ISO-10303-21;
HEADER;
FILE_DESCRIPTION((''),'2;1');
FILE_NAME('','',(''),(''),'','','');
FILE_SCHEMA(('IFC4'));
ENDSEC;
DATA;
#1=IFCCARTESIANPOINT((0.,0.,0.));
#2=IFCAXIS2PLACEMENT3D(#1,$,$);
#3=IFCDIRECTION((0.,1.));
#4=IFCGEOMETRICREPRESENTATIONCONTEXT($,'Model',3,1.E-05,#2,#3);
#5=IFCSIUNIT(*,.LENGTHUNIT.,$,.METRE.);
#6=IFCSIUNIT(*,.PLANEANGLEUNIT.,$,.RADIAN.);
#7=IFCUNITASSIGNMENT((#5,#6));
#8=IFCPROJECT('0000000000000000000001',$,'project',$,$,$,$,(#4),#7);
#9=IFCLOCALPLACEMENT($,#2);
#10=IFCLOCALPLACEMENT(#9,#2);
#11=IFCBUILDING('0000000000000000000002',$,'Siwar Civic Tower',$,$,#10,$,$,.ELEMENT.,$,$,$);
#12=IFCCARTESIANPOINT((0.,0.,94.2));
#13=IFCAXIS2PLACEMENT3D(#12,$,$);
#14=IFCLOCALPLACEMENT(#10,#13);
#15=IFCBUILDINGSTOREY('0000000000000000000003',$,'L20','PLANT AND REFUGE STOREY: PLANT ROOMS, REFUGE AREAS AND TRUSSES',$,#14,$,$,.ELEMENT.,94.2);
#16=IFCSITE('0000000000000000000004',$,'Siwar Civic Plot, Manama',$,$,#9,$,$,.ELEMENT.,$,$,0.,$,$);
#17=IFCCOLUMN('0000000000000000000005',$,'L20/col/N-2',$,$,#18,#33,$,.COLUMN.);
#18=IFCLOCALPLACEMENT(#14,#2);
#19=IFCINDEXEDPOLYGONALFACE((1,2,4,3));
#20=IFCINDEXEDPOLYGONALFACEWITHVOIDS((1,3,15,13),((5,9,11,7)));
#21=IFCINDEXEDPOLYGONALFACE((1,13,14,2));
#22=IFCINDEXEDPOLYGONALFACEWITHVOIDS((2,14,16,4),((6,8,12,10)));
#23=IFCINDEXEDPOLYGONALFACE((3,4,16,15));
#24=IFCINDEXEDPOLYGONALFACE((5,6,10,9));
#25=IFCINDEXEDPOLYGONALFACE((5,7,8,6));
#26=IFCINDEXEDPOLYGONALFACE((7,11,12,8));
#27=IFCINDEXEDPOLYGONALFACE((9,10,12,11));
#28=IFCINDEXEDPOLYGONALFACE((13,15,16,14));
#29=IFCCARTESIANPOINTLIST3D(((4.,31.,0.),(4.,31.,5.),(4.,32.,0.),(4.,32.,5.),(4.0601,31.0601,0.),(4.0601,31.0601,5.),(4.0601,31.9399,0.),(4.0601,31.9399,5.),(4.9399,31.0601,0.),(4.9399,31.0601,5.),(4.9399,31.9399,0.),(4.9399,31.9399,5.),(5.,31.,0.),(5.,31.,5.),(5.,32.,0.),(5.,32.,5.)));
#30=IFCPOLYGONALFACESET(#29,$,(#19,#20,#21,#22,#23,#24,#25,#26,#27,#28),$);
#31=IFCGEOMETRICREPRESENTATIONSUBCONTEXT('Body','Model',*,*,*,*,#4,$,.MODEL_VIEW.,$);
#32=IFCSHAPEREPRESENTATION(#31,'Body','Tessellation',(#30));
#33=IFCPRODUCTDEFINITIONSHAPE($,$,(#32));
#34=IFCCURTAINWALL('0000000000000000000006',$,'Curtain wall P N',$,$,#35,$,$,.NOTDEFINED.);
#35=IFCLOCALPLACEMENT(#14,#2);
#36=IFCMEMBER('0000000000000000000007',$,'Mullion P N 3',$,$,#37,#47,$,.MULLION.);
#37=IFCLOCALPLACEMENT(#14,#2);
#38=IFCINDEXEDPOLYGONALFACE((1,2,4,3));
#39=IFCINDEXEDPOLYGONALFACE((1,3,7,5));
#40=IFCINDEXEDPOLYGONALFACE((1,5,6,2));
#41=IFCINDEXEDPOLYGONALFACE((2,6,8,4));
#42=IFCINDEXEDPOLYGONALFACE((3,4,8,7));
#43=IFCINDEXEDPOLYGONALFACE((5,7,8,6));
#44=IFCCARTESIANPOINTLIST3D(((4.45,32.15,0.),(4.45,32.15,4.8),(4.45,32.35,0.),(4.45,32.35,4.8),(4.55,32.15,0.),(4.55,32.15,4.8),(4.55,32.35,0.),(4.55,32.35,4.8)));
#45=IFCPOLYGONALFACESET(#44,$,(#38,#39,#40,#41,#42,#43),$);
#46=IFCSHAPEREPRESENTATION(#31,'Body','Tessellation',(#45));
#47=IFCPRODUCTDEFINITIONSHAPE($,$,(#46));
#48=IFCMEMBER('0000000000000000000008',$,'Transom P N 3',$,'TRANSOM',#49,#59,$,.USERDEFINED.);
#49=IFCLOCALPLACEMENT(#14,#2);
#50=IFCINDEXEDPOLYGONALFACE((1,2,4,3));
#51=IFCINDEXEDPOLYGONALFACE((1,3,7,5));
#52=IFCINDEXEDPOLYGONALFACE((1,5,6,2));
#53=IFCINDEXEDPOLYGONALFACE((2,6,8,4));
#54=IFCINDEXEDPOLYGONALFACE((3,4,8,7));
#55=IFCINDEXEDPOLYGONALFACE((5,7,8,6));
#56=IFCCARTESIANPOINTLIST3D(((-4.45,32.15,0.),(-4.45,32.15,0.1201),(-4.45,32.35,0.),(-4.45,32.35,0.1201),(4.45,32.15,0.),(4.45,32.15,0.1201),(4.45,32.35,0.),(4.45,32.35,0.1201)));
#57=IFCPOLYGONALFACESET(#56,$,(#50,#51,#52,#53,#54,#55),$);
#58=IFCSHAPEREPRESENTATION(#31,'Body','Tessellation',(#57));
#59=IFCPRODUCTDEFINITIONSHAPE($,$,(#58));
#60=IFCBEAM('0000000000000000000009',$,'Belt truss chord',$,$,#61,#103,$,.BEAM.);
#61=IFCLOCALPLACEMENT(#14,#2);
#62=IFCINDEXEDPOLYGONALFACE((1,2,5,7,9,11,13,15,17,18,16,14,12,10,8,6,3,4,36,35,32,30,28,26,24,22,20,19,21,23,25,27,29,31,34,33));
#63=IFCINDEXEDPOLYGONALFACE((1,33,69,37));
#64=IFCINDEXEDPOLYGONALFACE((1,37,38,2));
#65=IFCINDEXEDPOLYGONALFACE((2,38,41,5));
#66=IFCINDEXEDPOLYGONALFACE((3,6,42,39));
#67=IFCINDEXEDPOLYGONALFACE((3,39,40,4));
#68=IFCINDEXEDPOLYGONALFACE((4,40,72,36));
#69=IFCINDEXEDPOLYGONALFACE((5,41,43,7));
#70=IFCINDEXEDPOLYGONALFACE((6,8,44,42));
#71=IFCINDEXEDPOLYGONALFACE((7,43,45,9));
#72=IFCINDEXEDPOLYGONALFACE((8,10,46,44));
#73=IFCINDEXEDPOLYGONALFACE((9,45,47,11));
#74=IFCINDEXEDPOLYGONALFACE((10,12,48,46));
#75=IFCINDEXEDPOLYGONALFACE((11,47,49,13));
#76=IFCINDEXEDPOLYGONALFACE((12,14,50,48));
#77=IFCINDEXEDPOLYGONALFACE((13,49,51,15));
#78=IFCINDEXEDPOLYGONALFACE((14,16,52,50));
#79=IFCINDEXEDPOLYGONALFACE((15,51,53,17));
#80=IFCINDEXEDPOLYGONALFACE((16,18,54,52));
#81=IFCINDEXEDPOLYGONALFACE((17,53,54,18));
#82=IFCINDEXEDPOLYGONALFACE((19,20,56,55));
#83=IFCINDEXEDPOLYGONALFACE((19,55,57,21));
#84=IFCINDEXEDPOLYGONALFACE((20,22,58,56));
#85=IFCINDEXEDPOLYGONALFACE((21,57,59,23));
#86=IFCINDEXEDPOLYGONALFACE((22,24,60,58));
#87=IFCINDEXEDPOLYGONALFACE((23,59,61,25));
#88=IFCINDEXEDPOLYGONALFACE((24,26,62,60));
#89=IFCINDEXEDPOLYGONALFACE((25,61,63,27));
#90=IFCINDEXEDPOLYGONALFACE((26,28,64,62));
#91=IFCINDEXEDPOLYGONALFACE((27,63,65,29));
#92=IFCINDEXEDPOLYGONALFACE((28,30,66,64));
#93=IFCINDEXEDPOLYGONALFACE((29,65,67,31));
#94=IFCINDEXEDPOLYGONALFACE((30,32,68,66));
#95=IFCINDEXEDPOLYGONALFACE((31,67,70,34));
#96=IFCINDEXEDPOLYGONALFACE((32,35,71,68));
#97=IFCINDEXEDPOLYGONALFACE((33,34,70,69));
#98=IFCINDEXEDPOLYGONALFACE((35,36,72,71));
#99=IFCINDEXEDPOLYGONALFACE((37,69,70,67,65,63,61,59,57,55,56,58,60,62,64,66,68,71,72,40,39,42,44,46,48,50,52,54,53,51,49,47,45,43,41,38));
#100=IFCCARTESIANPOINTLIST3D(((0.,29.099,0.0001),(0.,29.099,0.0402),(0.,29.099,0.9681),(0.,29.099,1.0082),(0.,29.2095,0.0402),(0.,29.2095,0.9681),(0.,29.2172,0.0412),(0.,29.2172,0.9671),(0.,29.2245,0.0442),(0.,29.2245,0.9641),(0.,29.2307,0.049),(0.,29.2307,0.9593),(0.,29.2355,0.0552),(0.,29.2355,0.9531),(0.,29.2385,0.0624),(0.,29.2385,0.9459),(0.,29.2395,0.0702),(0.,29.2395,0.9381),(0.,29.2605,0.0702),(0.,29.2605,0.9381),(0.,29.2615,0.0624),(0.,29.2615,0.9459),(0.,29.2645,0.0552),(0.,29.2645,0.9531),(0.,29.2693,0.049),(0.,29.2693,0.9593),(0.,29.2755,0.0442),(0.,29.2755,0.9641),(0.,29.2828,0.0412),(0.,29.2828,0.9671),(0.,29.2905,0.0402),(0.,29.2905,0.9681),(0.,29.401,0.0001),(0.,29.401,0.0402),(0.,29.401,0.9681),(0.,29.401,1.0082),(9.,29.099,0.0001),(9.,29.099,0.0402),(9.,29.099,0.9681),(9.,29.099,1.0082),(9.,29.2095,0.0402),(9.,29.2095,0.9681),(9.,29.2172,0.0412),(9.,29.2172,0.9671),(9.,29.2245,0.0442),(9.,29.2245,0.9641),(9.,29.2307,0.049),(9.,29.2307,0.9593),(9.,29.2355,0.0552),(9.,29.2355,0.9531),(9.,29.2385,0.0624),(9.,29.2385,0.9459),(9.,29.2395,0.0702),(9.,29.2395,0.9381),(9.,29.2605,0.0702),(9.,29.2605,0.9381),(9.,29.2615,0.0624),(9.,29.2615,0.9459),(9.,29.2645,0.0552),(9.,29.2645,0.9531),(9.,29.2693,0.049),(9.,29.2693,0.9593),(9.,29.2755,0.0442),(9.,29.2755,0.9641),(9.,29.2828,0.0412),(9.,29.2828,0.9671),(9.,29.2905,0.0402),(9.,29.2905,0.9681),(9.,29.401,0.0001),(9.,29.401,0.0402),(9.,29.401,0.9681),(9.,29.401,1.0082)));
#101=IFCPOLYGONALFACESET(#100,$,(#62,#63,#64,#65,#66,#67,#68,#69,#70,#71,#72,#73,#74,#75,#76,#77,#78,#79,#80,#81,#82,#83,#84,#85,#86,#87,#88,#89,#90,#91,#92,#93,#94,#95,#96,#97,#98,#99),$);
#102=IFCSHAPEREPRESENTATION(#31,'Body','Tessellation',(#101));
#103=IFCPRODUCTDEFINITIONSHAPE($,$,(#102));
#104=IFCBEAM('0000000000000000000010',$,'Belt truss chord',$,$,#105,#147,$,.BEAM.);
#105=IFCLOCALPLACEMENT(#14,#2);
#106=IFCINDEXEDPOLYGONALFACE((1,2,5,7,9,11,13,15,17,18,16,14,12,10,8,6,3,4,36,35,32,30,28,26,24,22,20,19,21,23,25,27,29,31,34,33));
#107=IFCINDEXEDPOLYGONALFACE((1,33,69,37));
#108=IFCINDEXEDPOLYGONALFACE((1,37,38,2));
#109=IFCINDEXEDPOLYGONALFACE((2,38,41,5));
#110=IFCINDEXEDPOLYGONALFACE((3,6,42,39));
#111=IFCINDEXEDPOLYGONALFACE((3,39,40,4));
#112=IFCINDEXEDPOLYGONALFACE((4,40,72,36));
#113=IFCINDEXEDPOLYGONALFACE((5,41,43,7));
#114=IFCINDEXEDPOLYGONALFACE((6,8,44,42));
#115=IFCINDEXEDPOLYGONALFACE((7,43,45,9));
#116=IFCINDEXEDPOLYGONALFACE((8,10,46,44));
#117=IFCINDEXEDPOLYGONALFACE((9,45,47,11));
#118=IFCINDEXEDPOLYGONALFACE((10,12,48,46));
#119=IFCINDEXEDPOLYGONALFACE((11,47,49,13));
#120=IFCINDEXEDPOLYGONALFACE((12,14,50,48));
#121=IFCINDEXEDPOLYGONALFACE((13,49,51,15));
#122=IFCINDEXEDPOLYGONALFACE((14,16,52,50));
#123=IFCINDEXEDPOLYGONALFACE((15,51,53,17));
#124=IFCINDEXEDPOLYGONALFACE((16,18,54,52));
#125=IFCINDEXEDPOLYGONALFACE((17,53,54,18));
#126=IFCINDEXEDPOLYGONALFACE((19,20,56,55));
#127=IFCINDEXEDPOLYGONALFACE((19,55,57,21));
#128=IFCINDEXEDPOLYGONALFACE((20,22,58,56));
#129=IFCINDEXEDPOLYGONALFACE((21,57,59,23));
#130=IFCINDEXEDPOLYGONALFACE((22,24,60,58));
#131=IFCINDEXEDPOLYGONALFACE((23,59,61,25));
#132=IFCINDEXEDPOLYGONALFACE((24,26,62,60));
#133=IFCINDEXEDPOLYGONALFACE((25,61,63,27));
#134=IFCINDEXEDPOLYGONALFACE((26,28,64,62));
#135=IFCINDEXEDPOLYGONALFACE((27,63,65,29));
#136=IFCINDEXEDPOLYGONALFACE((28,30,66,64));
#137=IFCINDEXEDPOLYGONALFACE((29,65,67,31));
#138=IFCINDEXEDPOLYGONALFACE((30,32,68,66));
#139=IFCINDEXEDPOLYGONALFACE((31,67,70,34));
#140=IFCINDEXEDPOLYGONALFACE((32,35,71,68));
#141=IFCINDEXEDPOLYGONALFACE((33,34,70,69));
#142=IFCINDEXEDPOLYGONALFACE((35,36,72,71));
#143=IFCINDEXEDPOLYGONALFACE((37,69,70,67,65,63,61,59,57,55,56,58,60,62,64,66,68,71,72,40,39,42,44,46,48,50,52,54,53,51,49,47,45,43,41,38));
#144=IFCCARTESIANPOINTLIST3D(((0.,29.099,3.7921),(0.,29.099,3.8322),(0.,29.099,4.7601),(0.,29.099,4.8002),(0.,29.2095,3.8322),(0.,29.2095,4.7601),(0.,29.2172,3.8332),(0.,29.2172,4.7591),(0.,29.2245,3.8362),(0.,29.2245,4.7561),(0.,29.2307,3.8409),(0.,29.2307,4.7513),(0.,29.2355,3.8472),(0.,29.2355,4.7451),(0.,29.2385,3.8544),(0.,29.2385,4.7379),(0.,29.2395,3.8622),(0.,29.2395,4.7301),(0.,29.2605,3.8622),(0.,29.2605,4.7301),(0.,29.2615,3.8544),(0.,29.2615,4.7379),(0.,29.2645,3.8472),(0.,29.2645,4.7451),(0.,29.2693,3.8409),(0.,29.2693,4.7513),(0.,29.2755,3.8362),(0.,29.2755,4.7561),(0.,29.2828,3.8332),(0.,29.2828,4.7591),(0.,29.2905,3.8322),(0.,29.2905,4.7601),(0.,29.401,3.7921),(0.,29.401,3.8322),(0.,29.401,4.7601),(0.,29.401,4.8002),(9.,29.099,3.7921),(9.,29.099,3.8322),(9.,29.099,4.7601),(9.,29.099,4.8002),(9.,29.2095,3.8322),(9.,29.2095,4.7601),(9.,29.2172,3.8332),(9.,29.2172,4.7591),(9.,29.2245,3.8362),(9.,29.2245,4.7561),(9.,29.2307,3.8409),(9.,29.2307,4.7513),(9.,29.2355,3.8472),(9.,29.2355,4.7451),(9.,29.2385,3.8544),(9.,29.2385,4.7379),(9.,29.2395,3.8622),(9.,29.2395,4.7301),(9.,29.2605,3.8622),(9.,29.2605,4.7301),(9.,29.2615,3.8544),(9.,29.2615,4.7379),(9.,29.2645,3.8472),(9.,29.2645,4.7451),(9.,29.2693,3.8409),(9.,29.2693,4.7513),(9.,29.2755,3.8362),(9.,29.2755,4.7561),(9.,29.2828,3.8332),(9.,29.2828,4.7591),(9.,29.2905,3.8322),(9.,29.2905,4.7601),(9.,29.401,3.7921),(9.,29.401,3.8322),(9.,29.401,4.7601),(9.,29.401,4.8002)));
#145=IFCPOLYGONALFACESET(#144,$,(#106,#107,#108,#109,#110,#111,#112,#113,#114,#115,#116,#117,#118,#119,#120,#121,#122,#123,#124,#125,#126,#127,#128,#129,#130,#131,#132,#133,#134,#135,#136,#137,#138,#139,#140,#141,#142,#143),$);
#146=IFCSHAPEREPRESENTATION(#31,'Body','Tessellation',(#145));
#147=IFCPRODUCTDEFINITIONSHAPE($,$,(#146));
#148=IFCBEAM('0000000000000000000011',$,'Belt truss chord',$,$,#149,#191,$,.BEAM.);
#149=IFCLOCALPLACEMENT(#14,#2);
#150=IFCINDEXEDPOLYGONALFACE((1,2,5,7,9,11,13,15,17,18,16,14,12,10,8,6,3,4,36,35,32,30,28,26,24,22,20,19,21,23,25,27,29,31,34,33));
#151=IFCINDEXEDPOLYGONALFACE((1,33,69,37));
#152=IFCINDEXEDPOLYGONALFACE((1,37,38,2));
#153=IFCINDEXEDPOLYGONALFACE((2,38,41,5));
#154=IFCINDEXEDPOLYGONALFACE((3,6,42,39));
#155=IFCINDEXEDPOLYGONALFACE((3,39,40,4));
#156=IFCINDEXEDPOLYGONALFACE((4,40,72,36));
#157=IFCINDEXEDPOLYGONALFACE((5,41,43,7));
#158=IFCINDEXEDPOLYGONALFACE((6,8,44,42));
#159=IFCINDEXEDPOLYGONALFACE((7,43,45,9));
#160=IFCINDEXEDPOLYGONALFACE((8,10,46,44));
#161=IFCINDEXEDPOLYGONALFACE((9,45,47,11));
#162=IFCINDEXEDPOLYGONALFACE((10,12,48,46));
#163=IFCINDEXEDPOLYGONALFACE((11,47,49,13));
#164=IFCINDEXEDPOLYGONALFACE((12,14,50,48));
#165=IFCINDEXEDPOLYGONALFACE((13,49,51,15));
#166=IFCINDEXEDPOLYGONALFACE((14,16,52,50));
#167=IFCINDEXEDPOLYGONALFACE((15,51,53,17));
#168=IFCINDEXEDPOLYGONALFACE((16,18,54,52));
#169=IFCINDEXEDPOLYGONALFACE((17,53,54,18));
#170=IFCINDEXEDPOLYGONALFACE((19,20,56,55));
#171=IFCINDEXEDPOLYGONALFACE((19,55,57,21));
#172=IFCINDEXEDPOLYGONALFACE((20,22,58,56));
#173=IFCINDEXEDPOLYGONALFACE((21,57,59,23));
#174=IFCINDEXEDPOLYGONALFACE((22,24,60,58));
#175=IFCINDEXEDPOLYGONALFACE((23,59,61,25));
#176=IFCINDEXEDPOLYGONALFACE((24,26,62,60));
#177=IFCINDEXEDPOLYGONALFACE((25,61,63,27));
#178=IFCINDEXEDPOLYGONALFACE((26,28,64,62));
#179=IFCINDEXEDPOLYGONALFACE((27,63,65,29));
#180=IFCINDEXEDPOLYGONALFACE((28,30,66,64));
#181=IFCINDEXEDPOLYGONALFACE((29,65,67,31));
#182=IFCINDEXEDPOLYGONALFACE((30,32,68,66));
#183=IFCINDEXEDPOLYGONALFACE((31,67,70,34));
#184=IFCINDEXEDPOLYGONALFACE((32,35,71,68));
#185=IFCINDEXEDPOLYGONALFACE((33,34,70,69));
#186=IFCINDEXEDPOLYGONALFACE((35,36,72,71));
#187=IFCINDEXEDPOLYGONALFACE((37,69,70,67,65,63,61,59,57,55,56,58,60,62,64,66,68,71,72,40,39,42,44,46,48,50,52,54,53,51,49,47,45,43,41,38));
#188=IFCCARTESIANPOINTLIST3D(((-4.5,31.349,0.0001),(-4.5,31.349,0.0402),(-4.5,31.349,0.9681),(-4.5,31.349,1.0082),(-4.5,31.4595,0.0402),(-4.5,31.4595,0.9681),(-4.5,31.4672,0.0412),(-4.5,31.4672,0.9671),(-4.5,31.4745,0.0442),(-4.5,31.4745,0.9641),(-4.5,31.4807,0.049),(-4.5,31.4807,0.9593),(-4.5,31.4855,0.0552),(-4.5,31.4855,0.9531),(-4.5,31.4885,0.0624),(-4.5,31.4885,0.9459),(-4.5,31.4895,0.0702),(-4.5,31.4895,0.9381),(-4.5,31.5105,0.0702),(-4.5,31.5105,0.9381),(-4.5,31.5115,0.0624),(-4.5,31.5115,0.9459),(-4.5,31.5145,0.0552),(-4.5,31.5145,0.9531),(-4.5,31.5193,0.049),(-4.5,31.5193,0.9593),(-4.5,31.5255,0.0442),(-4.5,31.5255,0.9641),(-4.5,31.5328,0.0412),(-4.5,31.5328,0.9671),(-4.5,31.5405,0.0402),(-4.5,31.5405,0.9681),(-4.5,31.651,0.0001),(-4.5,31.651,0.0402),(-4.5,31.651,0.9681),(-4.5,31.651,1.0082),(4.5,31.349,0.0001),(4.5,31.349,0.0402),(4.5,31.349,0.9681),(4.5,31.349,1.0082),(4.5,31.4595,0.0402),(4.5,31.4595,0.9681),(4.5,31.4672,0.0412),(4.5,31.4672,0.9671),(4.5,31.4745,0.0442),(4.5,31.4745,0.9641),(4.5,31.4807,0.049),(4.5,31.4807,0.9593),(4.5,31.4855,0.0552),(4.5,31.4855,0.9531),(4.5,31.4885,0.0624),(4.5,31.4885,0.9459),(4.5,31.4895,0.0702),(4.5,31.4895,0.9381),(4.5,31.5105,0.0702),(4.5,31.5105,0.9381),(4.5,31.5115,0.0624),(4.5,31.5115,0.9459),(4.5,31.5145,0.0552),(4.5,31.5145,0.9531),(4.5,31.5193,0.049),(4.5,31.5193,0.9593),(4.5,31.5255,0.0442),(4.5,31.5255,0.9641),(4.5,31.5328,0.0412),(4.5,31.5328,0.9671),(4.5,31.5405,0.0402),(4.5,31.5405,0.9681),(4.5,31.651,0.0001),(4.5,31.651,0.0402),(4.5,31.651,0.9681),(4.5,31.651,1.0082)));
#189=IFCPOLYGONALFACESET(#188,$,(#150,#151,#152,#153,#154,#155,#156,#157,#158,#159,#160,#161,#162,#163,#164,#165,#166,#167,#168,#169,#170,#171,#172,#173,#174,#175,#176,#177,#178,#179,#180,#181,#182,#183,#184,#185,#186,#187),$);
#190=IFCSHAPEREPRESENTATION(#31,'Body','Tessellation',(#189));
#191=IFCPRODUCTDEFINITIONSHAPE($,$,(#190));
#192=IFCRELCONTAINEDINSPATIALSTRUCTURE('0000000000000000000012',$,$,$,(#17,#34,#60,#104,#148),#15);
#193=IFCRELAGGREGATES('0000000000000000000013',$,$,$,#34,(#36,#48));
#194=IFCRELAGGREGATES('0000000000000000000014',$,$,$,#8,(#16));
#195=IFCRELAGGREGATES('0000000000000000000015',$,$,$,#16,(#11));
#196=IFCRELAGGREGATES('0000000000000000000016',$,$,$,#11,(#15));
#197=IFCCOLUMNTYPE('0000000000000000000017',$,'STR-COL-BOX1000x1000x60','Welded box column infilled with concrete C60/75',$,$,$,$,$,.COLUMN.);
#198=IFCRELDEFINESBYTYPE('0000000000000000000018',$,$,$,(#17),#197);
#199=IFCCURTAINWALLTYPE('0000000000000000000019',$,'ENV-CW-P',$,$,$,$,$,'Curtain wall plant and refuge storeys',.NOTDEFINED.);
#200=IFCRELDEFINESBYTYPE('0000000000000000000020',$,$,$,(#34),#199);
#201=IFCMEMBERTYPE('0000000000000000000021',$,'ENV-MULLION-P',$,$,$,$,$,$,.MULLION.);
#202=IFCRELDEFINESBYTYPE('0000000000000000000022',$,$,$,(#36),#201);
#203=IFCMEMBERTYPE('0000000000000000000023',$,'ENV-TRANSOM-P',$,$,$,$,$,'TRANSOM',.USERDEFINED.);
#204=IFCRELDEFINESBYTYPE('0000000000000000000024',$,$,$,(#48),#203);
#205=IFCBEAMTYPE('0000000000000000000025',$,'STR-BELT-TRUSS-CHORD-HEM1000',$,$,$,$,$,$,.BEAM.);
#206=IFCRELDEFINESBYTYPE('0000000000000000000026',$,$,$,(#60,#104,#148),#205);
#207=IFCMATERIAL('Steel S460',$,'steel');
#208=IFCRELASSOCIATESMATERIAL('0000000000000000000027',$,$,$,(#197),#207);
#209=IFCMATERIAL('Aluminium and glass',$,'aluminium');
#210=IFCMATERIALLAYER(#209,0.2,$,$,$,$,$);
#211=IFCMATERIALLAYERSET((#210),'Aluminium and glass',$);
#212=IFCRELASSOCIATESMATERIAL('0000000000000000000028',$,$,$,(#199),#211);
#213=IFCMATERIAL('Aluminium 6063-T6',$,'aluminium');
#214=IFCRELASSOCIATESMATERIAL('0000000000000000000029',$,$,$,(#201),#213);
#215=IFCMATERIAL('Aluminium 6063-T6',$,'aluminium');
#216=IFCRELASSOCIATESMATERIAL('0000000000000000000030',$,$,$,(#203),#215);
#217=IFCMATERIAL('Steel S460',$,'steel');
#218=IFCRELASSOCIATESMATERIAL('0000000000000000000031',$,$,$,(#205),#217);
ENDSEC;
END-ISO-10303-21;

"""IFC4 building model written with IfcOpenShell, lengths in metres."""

from ifc_helpers import new_model, si_unit, direction, frame, origin, origin_2d, place, context, subcontext, project, spatial, rectangle, hollow_rectangle, i_section, extrude, material, layer, layer_set, material_profile, profile_set, type_object, element, aggregate, save


model = new_model("IFC4")

# Units and contexts
model_context = context("Model", 3, precision=1e-05, world=origin(), true_north=direction((0.0, 1.0)))
body_context = subcontext(model_context, "Body", "Model", "MODEL_VIEW")
ifc_project = project(units=[si_unit("LENGTHUNIT", "METRE"), si_unit("PLANEANGLEUNIT", "RADIAN")], contexts=[model_context])

# Site, building, storey
site_placement = place(None, origin())
site = spatial("IfcSite", under=ifc_project, at=site_placement, Name="Siwar Civic Plot, Manama", CompositionType="ELEMENT", RefElevation=0.0)
building_placement = place(site_placement, origin())
building = spatial("IfcBuilding", under=site, at=building_placement, Name="Siwar Civic Tower", CompositionType="ELEMENT")
storey_placement = place(building_placement, frame((0.0, 0.0, 94.2)))
storey = spatial("IfcBuildingStorey", under=building, at=storey_placement, Name="L20", Description="PLANT AND REFUGE STOREY: PLANT ROOMS, REFUGE AREAS AND TRUSSES", CompositionType="ELEMENT", Elevation=94.2)

# Column
ifc_material_1 = material(Name="Steel S460", Category="steel")
ifc_material_profile_1 = material_profile(ifc_material_1, hollow_rectangle(XDim=1.0, YDim=1.0, WallThickness=0.0601, at=origin_2d()), Name="BOX1000x1000x60")
ifc_profile_set_1 = profile_set([ifc_material_profile_1], Name="Steel S460")
column_type = type_object("IfcColumnType", Name="STR-COL-BOX1000x1000x60", Description="Welded box column infilled with concrete C60/75", PredefinedType="COLUMN", material=ifc_profile_set_1)
column_placement = place(storey_placement, frame((4.5, 31.5, 0.0), z_axis=(0.0, 0.0, 1.0), x_axis=(1.0, 0.0, 0.0)))
element("IfcColumn", 1, at=column_placement, inside=storey, type_object=column_type, Name="L20/col/N-2", PredefinedType="COLUMN", context=body_context, shape_type="SweptSolid", body=[
    extrude(hollow_rectangle(XDim=1.0, YDim=1.0, WallThickness=0.0601, at=origin_2d()), origin(), (0.0, 0.0, 1.0), 5.0),
])

# Curtain wall, members
ifc_material_2 = material(Name="Aluminium and glass", Category="aluminium")
ifc_layer_1 = layer(ifc_material_2, 0.2)
ifc_layer_set_1 = layer_set([ifc_layer_1], Name="Aluminium and glass")
curtain_wall_type = type_object("IfcCurtainWallType", Name="ENV-CW-P", ElementType="Curtain wall plant and refuge storeys", PredefinedType="NOTDEFINED", material=ifc_layer_set_1)
curtain_wall_placement = place(storey_placement, origin())
curtain_wall = element("IfcCurtainWall", 2, at=curtain_wall_placement, inside=storey, type_object=curtain_wall_type, Name="Curtain wall P N", PredefinedType="NOTDEFINED")
ifc_material_3 = material(Name="Aluminium 6063-T6", Category="aluminium")
ifc_material_profile_2 = material_profile(ifc_material_3, rectangle(XDim=0.2, YDim=0.1001, at=origin_2d()), Name="AL 200x100")
ifc_profile_set_2 = profile_set([ifc_material_profile_2], Name="Aluminium 6063-T6")
member_type_1 = type_object("IfcMemberType", Name="ENV-MULLION-P", PredefinedType="MULLION", material=ifc_profile_set_2)
member_1_placement = place(storey_placement, frame((4.5, 32.25, 0.0), z_axis=(0.0, 0.0, 1.0), x_axis=(0.0, -1.0, 0.0)))
member_1 = element("IfcMember", 3, at=member_1_placement, type_object=member_type_1, Name="Mullion P N 3", PredefinedType="MULLION", context=body_context, shape_type="SweptSolid", body=[
    extrude(rectangle(XDim=0.2, YDim=0.1001, at=origin_2d()), origin(), (0.0, 0.0, 1.0), 4.8),
])
ifc_material_4 = material(Name="Aluminium 6063-T6", Category="aluminium")
ifc_material_profile_3 = material_profile(ifc_material_4, rectangle(XDim=0.2, YDim=0.1201, at=origin_2d()), Name="AL 200x120")
ifc_profile_set_3 = profile_set([ifc_material_profile_3], Name="Aluminium 6063-T6")
member_type_2 = type_object("IfcMemberType", Name="ENV-TRANSOM-P", ElementType="TRANSOM", PredefinedType="USERDEFINED", material=ifc_profile_set_3)
member_2_placement = place(storey_placement, frame((4.45, 32.25, 0.0601), z_axis=(-1.0, 0.0, 0.0), x_axis=(0.0, -1.0, 0.0)))
member_2 = element("IfcMember", 4, at=member_2_placement, type_object=member_type_2, Name="Transom P N 3", ObjectType="TRANSOM", PredefinedType="USERDEFINED", context=body_context, shape_type="SweptSolid", body=[
    extrude(rectangle(XDim=0.2, YDim=0.1201, at=origin_2d()), origin(), (0.0, 0.0, 1.0), 8.8999),
])

# Beams
ifc_material_5 = material(Name="Steel S460", Category="steel")
ifc_material_profile_4 = material_profile(ifc_material_5, i_section(OverallWidth=0.302, OverallDepth=1.0081, WebThickness=0.021, FlangeThickness=0.04, FilletRadius=0.03, at=origin_2d()), Name="HEM1000")
ifc_profile_set_4 = profile_set([ifc_material_profile_4], Name="Steel S460")
beam_type_1 = type_object("IfcBeamType", Name="STR-BELT-TRUSS-CHORD-HEM1000", PredefinedType="BEAM", material=ifc_profile_set_4)
for number, where, z_axis, x_axis, name in (
    (5, (9.0, 29.25, 0.5042), (-1.0, 0.0, 0.0), (0.0, -1.0, 0.0), "Belt truss chord"),
    (6, (9.0, 29.25, 4.2961), (-1.0, 0.0, 0.0), (0.0, -1.0, 0.0), "Belt truss chord"),
    (7, (4.5, 31.5, 0.5042), (-1.0, 0.0, 0.0), (0.0, -1.0, 0.0), "Belt truss chord"),
):
    element("IfcBeam", number, at=place(storey_placement, frame(where, z_axis=z_axis, x_axis=x_axis)), inside=storey, type_object=beam_type_1, Name=name, PredefinedType="BEAM", context=body_context, shape_type="SweptSolid", body=[
        extrude(i_section(OverallWidth=0.302, OverallDepth=1.0081, WebThickness=0.021, FlangeThickness=0.04, FilletRadius=0.03, at=origin_2d()), origin(), (0.0, 0.0, 1.0), 9.0),
    ])

aggregate(curtain_wall, [member_1, member_2])

save(model, "model.ifc")
